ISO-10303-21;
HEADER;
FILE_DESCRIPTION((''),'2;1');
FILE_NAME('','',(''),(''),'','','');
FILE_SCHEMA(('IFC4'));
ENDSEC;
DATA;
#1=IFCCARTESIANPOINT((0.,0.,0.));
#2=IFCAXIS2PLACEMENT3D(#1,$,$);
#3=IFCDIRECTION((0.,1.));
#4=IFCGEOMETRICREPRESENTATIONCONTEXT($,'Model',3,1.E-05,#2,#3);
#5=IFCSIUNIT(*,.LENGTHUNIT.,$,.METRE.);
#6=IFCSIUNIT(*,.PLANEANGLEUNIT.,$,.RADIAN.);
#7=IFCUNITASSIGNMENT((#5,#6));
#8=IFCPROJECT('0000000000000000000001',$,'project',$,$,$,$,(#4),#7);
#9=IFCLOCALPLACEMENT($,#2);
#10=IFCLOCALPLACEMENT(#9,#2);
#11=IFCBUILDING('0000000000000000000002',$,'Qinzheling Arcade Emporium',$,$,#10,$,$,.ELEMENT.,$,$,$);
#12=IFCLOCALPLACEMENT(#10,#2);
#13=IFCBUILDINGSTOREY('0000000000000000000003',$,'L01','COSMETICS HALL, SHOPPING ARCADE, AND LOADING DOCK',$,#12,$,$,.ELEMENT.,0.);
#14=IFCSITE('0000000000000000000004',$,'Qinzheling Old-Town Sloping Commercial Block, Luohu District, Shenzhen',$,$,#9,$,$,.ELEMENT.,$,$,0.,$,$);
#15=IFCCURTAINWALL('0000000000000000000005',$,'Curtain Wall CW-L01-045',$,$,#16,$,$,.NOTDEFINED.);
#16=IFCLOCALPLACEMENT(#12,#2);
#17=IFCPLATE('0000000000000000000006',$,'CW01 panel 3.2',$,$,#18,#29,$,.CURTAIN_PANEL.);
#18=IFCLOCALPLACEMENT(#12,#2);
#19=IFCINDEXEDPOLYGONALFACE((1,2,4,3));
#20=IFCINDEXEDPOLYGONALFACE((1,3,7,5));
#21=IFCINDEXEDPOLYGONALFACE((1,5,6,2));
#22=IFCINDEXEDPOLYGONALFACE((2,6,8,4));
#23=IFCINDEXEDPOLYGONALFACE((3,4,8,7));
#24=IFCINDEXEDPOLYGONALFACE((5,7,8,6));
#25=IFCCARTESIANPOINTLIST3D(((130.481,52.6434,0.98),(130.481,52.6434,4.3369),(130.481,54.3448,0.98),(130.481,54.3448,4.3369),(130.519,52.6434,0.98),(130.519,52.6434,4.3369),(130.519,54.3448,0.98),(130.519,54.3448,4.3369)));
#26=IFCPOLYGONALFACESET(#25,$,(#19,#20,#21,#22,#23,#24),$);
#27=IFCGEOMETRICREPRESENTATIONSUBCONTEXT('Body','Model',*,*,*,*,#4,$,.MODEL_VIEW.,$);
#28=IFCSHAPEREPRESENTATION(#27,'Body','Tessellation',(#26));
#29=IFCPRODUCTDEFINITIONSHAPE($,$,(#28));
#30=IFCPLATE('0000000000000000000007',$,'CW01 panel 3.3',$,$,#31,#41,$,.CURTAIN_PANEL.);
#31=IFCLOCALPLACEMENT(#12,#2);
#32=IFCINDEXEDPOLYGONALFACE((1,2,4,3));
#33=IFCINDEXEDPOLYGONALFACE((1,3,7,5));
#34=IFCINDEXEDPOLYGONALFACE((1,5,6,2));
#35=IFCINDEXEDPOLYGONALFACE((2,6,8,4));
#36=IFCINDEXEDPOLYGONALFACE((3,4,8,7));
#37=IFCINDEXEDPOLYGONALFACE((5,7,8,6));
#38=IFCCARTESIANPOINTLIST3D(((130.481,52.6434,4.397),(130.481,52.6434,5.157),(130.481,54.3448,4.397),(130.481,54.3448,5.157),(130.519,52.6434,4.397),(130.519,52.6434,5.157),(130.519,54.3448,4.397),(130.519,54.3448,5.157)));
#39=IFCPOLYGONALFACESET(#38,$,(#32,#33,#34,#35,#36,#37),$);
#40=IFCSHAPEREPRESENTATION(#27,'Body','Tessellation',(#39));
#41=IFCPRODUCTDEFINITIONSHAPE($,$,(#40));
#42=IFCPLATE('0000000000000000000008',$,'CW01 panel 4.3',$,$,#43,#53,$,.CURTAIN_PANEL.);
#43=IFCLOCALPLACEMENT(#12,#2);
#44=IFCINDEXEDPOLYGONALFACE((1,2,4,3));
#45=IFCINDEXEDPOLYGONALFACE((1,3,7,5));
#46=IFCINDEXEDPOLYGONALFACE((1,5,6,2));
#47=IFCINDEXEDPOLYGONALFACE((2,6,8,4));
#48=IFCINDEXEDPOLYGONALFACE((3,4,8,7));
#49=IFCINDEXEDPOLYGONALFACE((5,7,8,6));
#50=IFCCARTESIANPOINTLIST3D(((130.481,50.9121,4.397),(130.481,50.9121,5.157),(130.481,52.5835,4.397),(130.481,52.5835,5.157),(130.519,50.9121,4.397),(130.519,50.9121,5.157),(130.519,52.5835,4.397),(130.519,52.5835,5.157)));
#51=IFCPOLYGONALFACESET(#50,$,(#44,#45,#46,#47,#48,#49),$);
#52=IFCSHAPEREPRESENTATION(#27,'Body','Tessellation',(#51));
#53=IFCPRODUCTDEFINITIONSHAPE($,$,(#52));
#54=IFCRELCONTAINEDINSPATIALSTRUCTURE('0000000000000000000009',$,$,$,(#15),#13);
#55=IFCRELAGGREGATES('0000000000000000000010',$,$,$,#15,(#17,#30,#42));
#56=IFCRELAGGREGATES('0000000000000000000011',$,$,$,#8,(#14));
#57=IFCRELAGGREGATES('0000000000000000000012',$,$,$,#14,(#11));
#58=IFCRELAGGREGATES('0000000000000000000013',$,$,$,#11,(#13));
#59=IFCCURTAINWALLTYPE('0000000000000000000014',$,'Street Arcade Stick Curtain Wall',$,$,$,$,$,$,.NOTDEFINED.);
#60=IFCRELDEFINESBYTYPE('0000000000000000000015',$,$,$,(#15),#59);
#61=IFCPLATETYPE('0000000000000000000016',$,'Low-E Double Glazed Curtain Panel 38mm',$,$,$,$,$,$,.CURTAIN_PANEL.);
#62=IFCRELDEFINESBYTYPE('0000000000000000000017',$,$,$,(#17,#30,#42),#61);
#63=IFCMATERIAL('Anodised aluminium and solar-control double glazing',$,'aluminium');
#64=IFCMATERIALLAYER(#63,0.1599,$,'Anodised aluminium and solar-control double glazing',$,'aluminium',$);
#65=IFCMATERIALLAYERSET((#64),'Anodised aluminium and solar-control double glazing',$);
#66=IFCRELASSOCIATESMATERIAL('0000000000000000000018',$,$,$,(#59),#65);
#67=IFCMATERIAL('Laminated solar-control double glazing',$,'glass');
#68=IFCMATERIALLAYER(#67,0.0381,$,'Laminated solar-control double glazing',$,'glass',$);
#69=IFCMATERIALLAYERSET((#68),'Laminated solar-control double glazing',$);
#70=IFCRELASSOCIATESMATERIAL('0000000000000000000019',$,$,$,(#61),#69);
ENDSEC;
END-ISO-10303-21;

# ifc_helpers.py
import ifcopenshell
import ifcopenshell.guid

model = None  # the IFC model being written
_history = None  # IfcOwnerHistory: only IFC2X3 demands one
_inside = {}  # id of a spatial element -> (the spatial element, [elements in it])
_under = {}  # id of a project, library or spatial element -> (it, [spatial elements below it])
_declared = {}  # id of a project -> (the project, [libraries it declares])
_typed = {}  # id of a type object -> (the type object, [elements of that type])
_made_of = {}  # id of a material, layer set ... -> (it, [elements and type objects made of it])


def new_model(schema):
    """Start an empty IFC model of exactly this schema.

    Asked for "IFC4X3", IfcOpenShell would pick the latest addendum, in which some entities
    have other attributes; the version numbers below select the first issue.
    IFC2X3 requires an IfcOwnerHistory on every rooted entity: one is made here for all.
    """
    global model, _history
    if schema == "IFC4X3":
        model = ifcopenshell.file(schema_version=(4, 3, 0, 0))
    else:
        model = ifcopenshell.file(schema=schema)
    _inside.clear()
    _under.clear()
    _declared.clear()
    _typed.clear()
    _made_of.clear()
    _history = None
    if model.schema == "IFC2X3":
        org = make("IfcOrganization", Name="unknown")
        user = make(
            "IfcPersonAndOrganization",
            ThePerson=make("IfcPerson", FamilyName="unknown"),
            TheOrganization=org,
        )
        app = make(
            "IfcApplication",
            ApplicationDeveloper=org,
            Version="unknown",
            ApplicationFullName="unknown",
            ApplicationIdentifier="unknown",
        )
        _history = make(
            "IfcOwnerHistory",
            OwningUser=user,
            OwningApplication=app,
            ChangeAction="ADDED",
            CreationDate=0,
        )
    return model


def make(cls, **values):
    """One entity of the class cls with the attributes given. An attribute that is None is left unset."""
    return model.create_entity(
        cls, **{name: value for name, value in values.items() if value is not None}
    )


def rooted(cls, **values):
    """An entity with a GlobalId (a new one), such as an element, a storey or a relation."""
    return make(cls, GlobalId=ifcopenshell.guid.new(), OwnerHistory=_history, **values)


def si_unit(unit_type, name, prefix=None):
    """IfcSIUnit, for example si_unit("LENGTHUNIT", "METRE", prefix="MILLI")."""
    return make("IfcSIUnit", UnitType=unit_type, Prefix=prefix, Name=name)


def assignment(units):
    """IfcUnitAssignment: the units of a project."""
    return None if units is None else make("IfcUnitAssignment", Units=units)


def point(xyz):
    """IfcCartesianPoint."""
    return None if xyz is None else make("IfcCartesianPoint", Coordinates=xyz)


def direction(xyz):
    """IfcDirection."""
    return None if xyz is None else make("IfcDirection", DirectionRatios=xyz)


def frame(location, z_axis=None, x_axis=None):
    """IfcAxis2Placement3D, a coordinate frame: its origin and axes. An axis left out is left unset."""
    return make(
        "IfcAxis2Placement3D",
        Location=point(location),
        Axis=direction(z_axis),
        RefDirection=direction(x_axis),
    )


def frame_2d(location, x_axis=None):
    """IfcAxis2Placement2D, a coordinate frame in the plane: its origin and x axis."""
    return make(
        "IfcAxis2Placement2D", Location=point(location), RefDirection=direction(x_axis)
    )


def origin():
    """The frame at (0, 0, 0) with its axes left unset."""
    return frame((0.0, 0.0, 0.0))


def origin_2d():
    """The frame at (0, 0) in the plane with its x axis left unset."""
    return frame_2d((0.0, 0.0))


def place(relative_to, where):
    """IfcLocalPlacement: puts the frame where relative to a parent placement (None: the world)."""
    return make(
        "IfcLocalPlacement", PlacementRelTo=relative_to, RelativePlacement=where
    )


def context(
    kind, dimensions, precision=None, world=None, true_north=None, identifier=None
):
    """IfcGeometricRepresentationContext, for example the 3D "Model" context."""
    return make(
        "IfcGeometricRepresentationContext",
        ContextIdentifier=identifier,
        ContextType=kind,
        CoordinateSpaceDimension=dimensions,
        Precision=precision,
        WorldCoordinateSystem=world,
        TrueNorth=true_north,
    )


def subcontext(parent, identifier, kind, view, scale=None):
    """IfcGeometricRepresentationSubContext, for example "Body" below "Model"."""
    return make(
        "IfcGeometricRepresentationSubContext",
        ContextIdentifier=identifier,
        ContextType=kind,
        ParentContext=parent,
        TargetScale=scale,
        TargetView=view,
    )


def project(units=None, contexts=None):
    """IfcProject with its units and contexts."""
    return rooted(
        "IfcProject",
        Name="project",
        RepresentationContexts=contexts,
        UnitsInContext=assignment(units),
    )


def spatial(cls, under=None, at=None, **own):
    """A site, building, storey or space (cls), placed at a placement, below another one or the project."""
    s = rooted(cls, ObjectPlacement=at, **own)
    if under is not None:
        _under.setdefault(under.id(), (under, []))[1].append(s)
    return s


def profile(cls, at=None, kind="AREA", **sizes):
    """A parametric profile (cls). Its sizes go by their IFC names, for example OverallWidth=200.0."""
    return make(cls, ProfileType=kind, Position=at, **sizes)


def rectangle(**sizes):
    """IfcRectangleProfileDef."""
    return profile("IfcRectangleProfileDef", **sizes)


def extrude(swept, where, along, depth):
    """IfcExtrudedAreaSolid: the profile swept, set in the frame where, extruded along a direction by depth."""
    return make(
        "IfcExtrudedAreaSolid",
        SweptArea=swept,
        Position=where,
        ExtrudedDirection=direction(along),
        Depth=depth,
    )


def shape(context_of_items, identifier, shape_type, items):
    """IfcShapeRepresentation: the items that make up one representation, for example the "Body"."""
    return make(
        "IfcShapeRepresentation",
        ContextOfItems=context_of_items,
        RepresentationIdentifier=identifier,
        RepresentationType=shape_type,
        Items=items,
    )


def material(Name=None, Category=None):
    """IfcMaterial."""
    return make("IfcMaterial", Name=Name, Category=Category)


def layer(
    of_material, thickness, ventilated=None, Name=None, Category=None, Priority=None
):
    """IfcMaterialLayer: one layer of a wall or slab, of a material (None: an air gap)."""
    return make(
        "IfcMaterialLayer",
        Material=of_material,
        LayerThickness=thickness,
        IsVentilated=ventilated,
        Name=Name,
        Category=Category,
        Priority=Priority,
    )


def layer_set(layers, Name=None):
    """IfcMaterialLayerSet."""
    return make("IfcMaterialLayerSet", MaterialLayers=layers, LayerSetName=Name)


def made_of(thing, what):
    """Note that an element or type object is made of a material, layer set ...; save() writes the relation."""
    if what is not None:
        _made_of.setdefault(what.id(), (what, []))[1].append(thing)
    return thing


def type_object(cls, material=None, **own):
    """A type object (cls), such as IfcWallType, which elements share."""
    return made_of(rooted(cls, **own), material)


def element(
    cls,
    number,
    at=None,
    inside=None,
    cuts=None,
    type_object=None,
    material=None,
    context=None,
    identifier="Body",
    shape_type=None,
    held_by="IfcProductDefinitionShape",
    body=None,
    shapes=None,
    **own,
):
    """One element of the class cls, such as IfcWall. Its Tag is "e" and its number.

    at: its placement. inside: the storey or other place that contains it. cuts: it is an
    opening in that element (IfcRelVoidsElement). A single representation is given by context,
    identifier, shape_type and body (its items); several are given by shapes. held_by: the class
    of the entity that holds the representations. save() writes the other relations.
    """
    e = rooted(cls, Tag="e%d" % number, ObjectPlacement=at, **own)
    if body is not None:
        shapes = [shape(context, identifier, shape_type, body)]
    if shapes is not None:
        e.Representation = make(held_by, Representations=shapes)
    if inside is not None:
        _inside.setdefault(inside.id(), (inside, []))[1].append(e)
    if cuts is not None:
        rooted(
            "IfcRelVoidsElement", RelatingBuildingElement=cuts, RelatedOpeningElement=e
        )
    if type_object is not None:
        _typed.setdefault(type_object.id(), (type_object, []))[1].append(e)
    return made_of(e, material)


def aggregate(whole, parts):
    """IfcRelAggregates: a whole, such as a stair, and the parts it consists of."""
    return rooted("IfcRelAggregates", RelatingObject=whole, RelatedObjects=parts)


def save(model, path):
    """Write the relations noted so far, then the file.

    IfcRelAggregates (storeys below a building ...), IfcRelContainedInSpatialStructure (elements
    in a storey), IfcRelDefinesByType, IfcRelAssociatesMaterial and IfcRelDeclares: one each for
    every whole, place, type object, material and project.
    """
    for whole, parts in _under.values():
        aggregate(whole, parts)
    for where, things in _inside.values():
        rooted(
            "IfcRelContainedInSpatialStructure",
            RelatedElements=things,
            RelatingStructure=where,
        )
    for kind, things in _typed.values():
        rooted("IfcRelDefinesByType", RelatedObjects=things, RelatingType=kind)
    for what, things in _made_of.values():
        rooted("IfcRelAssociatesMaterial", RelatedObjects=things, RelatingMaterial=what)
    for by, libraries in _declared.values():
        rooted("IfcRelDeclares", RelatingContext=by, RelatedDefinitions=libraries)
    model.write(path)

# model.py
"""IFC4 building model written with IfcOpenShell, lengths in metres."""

from ifc_helpers import new_model, si_unit, direction, frame, origin, origin_2d, place, context, subcontext, project, spatial, rectangle, extrude, material, layer, layer_set, type_object, element, aggregate, save


model = new_model("IFC4")

# Units and contexts
model_context = context("Model", 3, precision=1e-05, world=origin(), true_north=direction((0.0, 1.0)))
body_context = subcontext(model_context, "Body", "Model", "MODEL_VIEW")
ifc_project = project(units=[si_unit("LENGTHUNIT", "METRE"), si_unit("PLANEANGLEUNIT", "RADIAN")], contexts=[model_context])

# Site, building, storey
site_placement = place(None, origin())
site = spatial("IfcSite", under=ifc_project, at=site_placement, Name="Qinzheling Old-Town Sloping Commercial Block, Luohu District, Shenzhen", CompositionType="ELEMENT", RefElevation=0.0)
building_placement = place(site_placement, origin())
building = spatial("IfcBuilding", under=site, at=building_placement, Name="Qinzheling Arcade Emporium", CompositionType="ELEMENT")
storey_placement = place(building_placement, origin())
storey = spatial("IfcBuildingStorey", under=building, at=storey_placement, Name="L01", Description="COSMETICS HALL, SHOPPING ARCADE, AND LOADING DOCK", CompositionType="ELEMENT", Elevation=0.0)

# Shared definitions
ifc_material_1 = material(Name="Anodised aluminium and solar-control double glazing", Category="aluminium")
ifc_layer_1 = layer(ifc_material_1, 0.1599, Name="Anodised aluminium and solar-control double glazing", Category="aluminium")
ifc_layer_set_1 = layer_set([ifc_layer_1], Name="Anodised aluminium and solar-control double glazing")
curtain_wall_type = type_object("IfcCurtainWallType", Name="Street Arcade Stick Curtain Wall", PredefinedType="NOTDEFINED", material=ifc_layer_set_1)

# Curtain wall
curtain_wall_1_placement = place(storey_placement, origin())
curtain_wall_1 = element("IfcCurtainWall", 1, at=curtain_wall_1_placement, inside=storey, type_object=curtain_wall_type, Name="Curtain Wall CW-L01-045", PredefinedType="NOTDEFINED")

# Plates
ifc_material_2 = material(Name="Laminated solar-control double glazing", Category="glass")
ifc_layer_2 = layer(ifc_material_2, 0.0381, Name="Laminated solar-control double glazing", Category="glass")
ifc_layer_set_2 = layer_set([ifc_layer_2], Name="Laminated solar-control double glazing")
plate_type_1 = type_object("IfcPlateType", Name="Low-E Double Glazed Curtain Panel 38mm", PredefinedType="CURTAIN_PANEL", material=ifc_layer_set_2)
plate_1_placement = place(storey_placement, frame((130.5, 53.4941, 0.98), z_axis=(0.0, 0.0, 1.0), x_axis=(0.0, -1.0, 0.0)))
plate_1 = element("IfcPlate", 2, at=plate_1_placement, type_object=plate_type_1, Name="CW01 panel 3.2", PredefinedType="CURTAIN_PANEL", context=body_context, shape_type="SweptSolid", body=[
    extrude(rectangle(XDim=1.7014, YDim=0.0381, at=origin_2d()), origin(), (0.0, 0.0, 1.0), 3.3569),
])
plate_2_placement = place(storey_placement, frame((130.5, 53.4941, 4.397), z_axis=(0.0, 0.0, 1.0), x_axis=(0.0, -1.0, 0.0)))
plate_2 = element("IfcPlate", 3, at=plate_2_placement, type_object=plate_type_1, Name="CW01 panel 3.3", PredefinedType="CURTAIN_PANEL", context=body_context, shape_type="SweptSolid", body=[
    extrude(rectangle(XDim=1.7014, YDim=0.0381, at=origin_2d()), origin(), (0.0, 0.0, 1.0), 0.76),
])
plate_3_placement = place(storey_placement, frame((130.5, 51.7478, 4.397), z_axis=(0.0, 0.0, 1.0), x_axis=(0.0, -1.0, 0.0)))
plate_3 = element("IfcPlate", 4, at=plate_3_placement, type_object=plate_type_1, Name="CW01 panel 4.3", PredefinedType="CURTAIN_PANEL", context=body_context, shape_type="SweptSolid", body=[
    extrude(rectangle(XDim=1.6714, YDim=0.0381, at=origin_2d()), origin(), (0.0, 0.0, 1.0), 0.76),
])
aggregate(curtain_wall_1, [plate_1, plate_2, plate_3])

save(model, "model.ifc")
